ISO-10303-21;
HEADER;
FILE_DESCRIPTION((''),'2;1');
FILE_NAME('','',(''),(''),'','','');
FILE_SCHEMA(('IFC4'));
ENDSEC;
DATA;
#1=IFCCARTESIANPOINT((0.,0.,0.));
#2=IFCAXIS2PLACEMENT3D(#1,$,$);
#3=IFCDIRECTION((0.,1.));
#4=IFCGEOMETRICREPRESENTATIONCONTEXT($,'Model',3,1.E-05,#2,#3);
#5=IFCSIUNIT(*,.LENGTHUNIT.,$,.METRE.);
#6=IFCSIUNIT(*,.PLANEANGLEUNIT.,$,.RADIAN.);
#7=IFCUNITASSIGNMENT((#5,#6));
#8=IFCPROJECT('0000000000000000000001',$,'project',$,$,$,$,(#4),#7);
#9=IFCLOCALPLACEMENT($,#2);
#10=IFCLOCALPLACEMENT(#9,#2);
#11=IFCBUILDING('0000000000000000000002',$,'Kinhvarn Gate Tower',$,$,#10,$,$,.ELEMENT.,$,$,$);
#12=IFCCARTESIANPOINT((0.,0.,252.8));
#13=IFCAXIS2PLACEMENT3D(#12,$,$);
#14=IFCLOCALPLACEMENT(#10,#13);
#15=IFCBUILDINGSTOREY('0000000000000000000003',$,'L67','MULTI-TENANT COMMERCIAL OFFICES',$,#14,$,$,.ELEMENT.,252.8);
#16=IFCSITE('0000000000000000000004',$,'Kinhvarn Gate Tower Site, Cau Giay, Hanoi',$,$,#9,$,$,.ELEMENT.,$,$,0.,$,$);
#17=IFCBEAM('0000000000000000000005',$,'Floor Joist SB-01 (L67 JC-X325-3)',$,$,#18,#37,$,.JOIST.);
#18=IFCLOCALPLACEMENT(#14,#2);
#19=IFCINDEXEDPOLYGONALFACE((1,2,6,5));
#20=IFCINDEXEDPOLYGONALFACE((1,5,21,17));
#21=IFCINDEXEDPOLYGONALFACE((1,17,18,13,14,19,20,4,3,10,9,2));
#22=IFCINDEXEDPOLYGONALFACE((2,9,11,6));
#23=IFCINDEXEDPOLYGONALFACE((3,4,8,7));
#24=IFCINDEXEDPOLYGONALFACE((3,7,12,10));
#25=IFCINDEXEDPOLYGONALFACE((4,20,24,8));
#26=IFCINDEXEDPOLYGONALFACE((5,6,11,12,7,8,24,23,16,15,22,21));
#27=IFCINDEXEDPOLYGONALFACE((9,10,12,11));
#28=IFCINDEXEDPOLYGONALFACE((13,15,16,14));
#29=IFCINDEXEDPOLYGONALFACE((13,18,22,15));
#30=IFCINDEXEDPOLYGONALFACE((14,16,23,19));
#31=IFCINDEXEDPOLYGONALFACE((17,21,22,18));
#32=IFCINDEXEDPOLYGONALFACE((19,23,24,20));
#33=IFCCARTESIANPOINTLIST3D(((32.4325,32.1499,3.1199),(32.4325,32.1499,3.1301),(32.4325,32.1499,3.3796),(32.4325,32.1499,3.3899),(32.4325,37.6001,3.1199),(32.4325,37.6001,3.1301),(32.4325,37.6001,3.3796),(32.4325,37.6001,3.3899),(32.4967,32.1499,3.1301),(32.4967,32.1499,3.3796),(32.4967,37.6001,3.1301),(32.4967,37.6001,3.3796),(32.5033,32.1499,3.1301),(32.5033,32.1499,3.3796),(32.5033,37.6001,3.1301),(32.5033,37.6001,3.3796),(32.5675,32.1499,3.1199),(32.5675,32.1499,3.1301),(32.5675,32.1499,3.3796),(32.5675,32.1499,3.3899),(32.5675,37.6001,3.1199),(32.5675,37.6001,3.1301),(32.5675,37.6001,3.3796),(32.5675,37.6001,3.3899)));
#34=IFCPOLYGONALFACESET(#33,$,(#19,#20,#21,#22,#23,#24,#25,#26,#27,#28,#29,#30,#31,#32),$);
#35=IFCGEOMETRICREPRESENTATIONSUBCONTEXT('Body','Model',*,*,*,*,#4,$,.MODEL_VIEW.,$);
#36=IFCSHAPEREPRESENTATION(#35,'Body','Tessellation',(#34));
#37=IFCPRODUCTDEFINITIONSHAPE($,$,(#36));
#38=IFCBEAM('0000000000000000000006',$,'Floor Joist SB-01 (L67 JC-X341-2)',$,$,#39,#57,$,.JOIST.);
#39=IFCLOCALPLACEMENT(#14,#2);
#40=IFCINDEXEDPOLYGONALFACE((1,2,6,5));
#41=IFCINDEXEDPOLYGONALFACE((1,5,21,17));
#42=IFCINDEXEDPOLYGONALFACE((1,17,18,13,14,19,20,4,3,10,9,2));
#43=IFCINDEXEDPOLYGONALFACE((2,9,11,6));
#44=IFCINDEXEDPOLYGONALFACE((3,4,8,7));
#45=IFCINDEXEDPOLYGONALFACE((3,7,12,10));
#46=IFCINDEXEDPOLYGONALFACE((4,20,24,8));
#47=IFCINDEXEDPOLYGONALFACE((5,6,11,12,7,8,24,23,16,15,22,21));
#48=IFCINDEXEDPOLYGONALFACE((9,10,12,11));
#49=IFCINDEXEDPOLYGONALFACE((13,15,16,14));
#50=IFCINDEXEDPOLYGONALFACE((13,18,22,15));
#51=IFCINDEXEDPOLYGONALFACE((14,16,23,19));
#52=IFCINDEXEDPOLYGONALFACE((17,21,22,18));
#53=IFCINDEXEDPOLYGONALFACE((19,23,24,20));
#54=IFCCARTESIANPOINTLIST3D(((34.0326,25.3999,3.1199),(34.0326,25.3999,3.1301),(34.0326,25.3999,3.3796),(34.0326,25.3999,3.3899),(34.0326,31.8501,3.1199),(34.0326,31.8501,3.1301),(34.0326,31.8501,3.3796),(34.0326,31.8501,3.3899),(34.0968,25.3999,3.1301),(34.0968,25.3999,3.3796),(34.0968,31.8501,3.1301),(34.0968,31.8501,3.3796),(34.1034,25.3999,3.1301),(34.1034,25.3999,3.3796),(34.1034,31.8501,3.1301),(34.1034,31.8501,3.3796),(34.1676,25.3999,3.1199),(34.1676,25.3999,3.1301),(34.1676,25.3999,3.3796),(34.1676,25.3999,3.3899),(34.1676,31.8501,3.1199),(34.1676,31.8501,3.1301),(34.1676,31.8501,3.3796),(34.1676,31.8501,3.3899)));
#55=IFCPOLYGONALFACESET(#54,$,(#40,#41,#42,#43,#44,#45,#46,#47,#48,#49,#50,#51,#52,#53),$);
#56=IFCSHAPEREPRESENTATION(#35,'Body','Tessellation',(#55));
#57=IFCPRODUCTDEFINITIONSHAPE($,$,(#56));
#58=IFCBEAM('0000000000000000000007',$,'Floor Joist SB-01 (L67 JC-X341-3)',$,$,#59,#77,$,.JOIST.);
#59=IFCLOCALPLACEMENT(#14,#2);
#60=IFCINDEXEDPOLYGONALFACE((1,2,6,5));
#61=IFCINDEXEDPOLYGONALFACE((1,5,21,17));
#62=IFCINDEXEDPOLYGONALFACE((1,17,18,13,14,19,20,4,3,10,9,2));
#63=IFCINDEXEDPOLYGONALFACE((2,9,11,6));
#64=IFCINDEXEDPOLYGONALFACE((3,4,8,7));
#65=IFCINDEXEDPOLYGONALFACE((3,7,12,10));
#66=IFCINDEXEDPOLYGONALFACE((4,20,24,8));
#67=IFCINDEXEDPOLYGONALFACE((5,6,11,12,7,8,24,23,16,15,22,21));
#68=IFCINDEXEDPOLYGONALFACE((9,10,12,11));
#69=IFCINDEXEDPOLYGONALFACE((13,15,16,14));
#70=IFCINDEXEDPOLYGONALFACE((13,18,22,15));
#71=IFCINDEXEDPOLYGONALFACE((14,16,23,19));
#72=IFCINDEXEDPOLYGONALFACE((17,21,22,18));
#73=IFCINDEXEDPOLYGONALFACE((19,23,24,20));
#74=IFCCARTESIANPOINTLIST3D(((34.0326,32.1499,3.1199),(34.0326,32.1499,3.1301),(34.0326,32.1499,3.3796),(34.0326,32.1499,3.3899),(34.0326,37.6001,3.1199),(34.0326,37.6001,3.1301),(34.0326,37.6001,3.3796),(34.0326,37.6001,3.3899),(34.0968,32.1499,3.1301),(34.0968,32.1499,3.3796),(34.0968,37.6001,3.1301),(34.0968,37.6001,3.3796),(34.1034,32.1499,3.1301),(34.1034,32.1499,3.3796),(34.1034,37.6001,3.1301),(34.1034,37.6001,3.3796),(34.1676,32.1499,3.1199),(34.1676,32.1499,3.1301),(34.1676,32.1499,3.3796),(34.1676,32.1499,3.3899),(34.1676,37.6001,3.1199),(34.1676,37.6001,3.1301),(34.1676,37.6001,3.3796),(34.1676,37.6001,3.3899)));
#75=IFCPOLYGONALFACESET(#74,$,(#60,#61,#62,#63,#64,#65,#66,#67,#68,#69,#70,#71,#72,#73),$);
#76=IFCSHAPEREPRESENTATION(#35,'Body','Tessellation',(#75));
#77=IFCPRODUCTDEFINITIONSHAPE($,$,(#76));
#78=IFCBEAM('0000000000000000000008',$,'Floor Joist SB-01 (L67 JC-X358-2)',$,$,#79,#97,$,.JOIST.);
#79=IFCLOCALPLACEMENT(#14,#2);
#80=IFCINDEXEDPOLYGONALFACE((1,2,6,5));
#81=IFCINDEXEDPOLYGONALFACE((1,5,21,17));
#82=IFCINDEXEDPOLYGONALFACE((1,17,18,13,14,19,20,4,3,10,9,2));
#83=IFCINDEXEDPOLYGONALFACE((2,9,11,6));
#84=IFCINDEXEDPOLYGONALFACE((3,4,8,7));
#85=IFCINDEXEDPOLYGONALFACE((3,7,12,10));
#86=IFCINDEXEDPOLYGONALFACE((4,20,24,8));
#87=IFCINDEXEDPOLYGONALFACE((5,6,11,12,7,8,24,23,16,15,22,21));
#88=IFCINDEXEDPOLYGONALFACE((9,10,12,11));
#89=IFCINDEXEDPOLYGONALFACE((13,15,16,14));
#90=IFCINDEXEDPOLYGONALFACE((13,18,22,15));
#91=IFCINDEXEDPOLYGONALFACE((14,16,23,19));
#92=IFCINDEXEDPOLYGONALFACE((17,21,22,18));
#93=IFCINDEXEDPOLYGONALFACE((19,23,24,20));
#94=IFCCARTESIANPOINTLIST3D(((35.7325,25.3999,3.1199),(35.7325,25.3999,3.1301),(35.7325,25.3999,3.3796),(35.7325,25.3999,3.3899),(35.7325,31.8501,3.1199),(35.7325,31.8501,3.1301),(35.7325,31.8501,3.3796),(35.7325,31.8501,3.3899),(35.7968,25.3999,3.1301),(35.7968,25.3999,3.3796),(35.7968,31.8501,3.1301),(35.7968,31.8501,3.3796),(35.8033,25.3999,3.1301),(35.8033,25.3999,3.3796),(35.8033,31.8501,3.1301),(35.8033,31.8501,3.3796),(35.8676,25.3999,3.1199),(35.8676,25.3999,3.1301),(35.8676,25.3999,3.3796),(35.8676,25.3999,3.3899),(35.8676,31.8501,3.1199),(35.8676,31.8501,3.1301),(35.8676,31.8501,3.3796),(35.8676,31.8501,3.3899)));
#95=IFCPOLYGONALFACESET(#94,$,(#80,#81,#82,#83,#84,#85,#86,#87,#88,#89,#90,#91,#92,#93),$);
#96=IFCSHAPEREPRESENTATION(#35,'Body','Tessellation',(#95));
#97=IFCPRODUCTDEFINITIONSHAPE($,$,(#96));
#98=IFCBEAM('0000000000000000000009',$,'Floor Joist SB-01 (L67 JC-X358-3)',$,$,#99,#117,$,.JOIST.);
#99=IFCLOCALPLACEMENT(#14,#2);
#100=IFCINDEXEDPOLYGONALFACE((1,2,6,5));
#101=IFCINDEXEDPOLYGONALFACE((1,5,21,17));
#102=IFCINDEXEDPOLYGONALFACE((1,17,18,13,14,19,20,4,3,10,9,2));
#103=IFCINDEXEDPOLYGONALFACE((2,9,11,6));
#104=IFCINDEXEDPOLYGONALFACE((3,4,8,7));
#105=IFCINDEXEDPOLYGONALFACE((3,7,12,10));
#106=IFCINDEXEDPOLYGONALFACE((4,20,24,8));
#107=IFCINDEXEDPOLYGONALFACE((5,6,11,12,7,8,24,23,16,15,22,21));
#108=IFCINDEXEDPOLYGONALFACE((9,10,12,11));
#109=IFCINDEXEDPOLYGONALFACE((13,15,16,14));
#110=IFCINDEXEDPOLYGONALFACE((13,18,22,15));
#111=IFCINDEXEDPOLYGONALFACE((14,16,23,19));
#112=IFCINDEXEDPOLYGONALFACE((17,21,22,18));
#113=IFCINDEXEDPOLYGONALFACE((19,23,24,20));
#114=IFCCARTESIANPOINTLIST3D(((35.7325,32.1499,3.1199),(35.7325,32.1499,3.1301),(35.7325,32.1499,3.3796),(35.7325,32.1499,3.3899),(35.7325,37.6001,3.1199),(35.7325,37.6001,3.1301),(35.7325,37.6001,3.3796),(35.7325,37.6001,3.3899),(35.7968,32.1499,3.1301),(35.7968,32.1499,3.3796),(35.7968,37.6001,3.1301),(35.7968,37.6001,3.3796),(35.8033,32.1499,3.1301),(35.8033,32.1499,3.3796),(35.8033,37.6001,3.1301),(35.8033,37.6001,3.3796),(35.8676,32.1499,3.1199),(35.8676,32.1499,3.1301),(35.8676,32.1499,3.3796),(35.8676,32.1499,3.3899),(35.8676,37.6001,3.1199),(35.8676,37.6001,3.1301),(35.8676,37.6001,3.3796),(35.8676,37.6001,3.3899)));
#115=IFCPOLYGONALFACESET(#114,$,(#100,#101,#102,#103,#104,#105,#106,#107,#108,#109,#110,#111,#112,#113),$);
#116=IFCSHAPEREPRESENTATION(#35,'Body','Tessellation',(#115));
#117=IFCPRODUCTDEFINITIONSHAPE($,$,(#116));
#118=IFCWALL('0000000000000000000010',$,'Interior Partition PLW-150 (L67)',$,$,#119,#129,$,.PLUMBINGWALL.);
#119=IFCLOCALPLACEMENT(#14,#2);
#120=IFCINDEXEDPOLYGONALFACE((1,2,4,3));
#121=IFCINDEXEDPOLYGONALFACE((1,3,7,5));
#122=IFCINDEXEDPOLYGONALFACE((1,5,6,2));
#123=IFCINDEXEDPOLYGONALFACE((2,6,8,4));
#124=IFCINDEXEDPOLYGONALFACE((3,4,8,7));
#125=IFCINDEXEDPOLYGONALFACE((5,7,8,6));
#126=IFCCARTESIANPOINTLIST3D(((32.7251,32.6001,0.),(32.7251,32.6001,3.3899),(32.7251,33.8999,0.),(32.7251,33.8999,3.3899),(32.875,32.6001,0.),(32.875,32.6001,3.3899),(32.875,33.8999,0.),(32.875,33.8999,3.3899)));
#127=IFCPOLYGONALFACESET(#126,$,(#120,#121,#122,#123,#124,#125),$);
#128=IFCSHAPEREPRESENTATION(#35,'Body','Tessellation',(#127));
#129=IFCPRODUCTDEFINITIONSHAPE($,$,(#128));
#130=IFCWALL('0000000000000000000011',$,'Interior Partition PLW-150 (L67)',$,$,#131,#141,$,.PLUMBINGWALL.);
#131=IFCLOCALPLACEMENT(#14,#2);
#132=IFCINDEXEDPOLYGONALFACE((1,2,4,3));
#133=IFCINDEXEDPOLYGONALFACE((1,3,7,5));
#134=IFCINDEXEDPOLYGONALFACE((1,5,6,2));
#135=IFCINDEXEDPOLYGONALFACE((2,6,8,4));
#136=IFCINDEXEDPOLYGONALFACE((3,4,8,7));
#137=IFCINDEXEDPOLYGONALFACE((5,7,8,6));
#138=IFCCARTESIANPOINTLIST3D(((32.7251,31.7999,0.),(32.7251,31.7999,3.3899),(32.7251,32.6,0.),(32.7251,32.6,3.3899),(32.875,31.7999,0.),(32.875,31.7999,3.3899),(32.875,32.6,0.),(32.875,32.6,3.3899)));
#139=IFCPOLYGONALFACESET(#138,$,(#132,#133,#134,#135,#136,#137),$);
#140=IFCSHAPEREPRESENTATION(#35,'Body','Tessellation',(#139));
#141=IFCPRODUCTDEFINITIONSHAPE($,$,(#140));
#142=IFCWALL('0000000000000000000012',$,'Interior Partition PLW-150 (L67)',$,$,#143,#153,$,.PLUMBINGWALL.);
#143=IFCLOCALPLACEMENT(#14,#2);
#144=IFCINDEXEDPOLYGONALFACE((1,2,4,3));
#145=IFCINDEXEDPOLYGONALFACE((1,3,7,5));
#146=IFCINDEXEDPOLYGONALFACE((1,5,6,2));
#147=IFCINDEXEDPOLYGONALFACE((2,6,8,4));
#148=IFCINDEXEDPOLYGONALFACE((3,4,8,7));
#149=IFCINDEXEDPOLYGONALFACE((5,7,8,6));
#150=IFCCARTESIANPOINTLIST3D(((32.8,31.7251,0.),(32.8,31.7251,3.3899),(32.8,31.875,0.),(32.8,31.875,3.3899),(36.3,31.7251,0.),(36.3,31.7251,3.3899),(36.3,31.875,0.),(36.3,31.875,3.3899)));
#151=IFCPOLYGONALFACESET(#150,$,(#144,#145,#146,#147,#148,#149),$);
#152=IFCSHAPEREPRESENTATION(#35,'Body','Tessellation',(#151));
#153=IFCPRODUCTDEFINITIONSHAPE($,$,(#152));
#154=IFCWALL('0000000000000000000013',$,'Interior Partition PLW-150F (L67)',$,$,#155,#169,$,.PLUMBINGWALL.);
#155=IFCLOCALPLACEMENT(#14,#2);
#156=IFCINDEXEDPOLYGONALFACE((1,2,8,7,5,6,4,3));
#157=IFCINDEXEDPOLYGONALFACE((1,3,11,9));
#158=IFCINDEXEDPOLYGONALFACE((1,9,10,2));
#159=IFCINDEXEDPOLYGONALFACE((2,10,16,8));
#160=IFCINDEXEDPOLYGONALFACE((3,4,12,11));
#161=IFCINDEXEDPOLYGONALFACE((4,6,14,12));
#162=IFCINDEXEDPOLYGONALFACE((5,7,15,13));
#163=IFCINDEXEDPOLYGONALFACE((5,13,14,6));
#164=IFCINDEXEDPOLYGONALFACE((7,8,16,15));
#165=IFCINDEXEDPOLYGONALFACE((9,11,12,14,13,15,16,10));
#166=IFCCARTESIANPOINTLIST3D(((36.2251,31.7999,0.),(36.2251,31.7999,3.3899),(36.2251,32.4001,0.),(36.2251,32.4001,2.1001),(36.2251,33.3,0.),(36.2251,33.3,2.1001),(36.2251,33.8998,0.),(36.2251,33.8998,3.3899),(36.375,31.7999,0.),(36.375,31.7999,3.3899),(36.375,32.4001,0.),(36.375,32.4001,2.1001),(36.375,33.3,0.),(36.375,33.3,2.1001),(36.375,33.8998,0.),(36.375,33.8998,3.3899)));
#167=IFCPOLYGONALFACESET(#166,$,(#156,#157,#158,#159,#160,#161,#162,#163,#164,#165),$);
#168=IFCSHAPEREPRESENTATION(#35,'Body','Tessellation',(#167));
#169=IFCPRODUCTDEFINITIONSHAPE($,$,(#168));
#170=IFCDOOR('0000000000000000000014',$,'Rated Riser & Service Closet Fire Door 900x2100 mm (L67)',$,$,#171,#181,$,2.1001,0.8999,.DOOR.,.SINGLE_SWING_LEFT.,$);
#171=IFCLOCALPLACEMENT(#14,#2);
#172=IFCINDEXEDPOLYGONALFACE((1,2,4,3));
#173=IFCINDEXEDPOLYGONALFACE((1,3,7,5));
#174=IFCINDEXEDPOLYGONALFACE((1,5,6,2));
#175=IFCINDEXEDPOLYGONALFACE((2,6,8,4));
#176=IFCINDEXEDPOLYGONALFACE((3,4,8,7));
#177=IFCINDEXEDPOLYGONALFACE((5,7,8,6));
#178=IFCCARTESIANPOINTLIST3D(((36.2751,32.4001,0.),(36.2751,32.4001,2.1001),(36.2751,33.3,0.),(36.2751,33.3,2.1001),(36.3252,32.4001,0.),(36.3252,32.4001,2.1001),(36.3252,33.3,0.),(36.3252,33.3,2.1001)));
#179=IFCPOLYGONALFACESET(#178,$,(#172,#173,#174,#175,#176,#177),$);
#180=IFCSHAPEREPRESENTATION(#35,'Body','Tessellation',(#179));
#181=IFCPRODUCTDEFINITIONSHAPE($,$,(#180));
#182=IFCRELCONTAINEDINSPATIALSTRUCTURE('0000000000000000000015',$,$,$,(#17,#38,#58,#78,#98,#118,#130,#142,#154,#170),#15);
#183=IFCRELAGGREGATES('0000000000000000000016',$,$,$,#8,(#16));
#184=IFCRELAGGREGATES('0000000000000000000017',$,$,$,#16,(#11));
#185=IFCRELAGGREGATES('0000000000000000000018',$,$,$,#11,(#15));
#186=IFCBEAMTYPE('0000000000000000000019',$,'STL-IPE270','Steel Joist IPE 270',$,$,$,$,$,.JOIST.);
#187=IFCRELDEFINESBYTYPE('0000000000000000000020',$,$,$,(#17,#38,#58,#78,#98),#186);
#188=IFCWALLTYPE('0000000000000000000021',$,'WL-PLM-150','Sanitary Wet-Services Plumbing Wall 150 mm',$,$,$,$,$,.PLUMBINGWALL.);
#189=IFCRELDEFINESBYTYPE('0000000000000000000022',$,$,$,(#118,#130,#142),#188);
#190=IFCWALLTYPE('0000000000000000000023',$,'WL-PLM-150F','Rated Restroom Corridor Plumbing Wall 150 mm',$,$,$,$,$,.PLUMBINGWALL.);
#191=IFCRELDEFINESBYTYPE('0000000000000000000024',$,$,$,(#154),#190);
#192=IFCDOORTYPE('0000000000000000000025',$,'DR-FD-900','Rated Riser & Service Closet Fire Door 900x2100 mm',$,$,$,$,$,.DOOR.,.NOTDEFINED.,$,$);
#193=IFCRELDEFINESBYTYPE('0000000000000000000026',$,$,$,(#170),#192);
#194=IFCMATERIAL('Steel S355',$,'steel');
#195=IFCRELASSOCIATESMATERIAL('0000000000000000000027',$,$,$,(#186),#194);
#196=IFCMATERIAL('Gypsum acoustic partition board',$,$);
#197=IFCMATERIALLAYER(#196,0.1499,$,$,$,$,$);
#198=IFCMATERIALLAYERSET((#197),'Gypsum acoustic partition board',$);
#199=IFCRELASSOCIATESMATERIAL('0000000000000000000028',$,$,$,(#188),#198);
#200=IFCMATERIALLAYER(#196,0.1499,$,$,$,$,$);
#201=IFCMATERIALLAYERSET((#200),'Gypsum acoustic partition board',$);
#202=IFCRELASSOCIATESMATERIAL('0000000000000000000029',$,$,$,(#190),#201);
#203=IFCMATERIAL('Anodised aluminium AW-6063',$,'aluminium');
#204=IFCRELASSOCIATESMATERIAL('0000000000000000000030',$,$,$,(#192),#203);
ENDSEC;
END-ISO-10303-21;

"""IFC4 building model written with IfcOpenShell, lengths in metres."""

from ifc_helpers import new_model, si_unit, direction, frame, frame_2d, origin, origin_2d, place, context, subcontext, project, spatial, rectangle, i_section, extrude, material, layer, layer_set, material_profile, profile_set, type_object, element, fill, save


model = new_model("IFC4")

# Units and contexts
model_context = context("Model", 3, precision=1e-05, world=origin(), true_north=direction((0.0, 1.0)))
body_context = subcontext(model_context, "Body", "Model", "MODEL_VIEW")
ifc_project = project(units=[si_unit("LENGTHUNIT", "METRE"), si_unit("PLANEANGLEUNIT", "RADIAN")], contexts=[model_context])

# Site, building, storey
site_placement = place(None, origin())
site = spatial("IfcSite", under=ifc_project, at=site_placement, Name="Kinhvarn Gate Tower Site, Cau Giay, Hanoi", CompositionType="ELEMENT", RefElevation=0.0)
building_placement = place(site_placement, origin())
building = spatial("IfcBuilding", under=site, at=building_placement, Name="Kinhvarn Gate Tower", CompositionType="ELEMENT")
storey_placement = place(building_placement, frame((0.0, 0.0, 252.8)))
storey = spatial("IfcBuildingStorey", under=building, at=storey_placement, Name="L67", Description="MULTI-TENANT COMMERCIAL OFFICES", CompositionType="ELEMENT", Elevation=252.8)

# Beams
ifc_material_1 = material(Name="Steel S355", Category="steel")
ifc_material_profile = material_profile(ifc_material_1, i_section(OverallWidth=0.135, OverallDepth=0.27, WebThickness=0.0066, FlangeThickness=0.0103, at=origin_2d()), Name="IPE 270")
ifc_profile_set = profile_set([ifc_material_profile], Name="Steel S355")
beam_type = type_object("IfcBeamType", Name="STL-IPE270", Description="Steel Joist IPE 270", PredefinedType="JOIST", material=ifc_profile_set)
beam_1_placement = place(storey_placement, frame((32.5, 32.1499, 3.2549), z_axis=(0.0, 1.0, 0.0), x_axis=(-1.0, 0.0, 0.0)))
element("IfcBeam", 1, at=beam_1_placement, inside=storey, type_object=beam_type, Name="Floor Joist SB-01 (L67 JC-X325-3)", PredefinedType="JOIST", context=body_context, shape_type="SweptSolid", body=[
    extrude(i_section(OverallWidth=0.135, OverallDepth=0.27, WebThickness=0.0066, FlangeThickness=0.0103, at=origin_2d()), origin(), (0.0, 0.0, 1.0), 5.4502),
])
beam_2_placement = place(storey_placement, frame((34.1001, 25.3999, 3.2549), z_axis=(0.0, 1.0, 0.0), x_axis=(-1.0, 0.0, 0.0)))
element("IfcBeam", 2, at=beam_2_placement, inside=storey, type_object=beam_type, Name="Floor Joist SB-01 (L67 JC-X341-2)", PredefinedType="JOIST", context=body_context, shape_type="SweptSolid", body=[
    extrude(i_section(OverallWidth=0.135, OverallDepth=0.27, WebThickness=0.0066, FlangeThickness=0.0103, at=origin_2d()), origin(), (0.0, 0.0, 1.0), 6.4502),
])
beam_3_placement = place(storey_placement, frame((34.1001, 32.1499, 3.2549), z_axis=(0.0, 1.0, 0.0), x_axis=(-1.0, 0.0, 0.0)))
element("IfcBeam", 3, at=beam_3_placement, inside=storey, type_object=beam_type, Name="Floor Joist SB-01 (L67 JC-X341-3)", PredefinedType="JOIST", context=body_context, shape_type="SweptSolid", body=[
    extrude(i_section(OverallWidth=0.135, OverallDepth=0.27, WebThickness=0.0066, FlangeThickness=0.0103, at=origin_2d()), origin(), (0.0, 0.0, 1.0), 5.4502),
])
beam_4_placement = place(storey_placement, frame((35.8, 25.3999, 3.2549), z_axis=(0.0, 1.0, 0.0), x_axis=(-1.0, 0.0, 0.0)))
element("IfcBeam", 4, at=beam_4_placement, inside=storey, type_object=beam_type, Name="Floor Joist SB-01 (L67 JC-X358-2)", PredefinedType="JOIST", context=body_context, shape_type="SweptSolid", body=[
    extrude(i_section(OverallWidth=0.135, OverallDepth=0.27, WebThickness=0.0066, FlangeThickness=0.0103, at=origin_2d()), origin(), (0.0, 0.0, 1.0), 6.4502),
])
beam_5_placement = place(storey_placement, frame((35.8, 32.1499, 3.2549), z_axis=(0.0, 1.0, 0.0), x_axis=(-1.0, 0.0, 0.0)))
element("IfcBeam", 5, at=beam_5_placement, inside=storey, type_object=beam_type, Name="Floor Joist SB-01 (L67 JC-X358-3)", PredefinedType="JOIST", context=body_context, shape_type="SweptSolid", body=[
    extrude(i_section(OverallWidth=0.135, OverallDepth=0.27, WebThickness=0.0066, FlangeThickness=0.0103, at=origin_2d()), origin(), (0.0, 0.0, 1.0), 5.4502),
])

# Walls
ifc_material_2 = material(Name="Gypsum acoustic partition board")
ifc_layer_1 = layer(ifc_material_2, 0.1499)
ifc_layer_set_1 = layer_set([ifc_layer_1], Name="Gypsum acoustic partition board")
wall_type_1 = type_object("IfcWallType", Name="WL-PLM-150", Description="Sanitary Wet-Services Plumbing Wall 150 mm", PredefinedType="PLUMBINGWALL", material=ifc_layer_set_1)
wall_1_placement = place(storey_placement, frame((32.8, 32.6001, 0.0), z_axis=(0.0, 0.0, 1.0), x_axis=(0.0, 1.0, 0.0)))
element("IfcWall", 6, at=wall_1_placement, inside=storey, type_object=wall_type_1, Name="Interior Partition PLW-150 (L67)", PredefinedType="PLUMBINGWALL", context=body_context, shape_type="SweptSolid", body=[
    extrude(rectangle(XDim=1.2998, YDim=0.1499, at=frame_2d((0.6499, 0.0))), origin(), (0.0, 0.0, 1.0), 3.3899),
])
wall_2_placement = place(storey_placement, frame((32.8, 31.8, 0.0), z_axis=(0.0, 0.0, 1.0), x_axis=(0.0, 1.0, 0.0)))
element("IfcWall", 7, at=wall_2_placement, inside=storey, type_object=wall_type_1, Name="Interior Partition PLW-150 (L67)", PredefinedType="PLUMBINGWALL", context=body_context, shape_type="SweptSolid", body=[
    extrude(rectangle(XDim=0.8, YDim=0.1499, at=frame_2d((0.3999, 0.0))), origin(), (0.0, 0.0, 1.0), 3.3899),
])
wall_3_placement = place(storey_placement, frame((32.8, 31.8, 0.0), z_axis=(0.0, 0.0, 1.0), x_axis=(1.0, 0.0, 0.0)))
element("IfcWall", 8, at=wall_3_placement, inside=storey, type_object=wall_type_1, Name="Interior Partition PLW-150 (L67)", PredefinedType="PLUMBINGWALL", context=body_context, shape_type="SweptSolid", body=[
    extrude(rectangle(XDim=3.5, YDim=0.1499, at=frame_2d((1.75, 0.0))), origin(), (0.0, 0.0, 1.0), 3.3899),
])

# Wall, opening, door
ifc_layer_2 = layer(ifc_material_2, 0.1499)
ifc_layer_set_2 = layer_set([ifc_layer_2], Name="Gypsum acoustic partition board")
wall_type_2 = type_object("IfcWallType", Name="WL-PLM-150F", Description="Rated Restroom Corridor Plumbing Wall 150 mm", PredefinedType="PLUMBINGWALL", material=ifc_layer_set_2)
wall_4_placement = place(storey_placement, frame((36.3, 31.8, 0.0), z_axis=(0.0, 0.0, 1.0), x_axis=(0.0, 1.0, 0.0)))
wall_4 = element("IfcWall", 9, at=wall_4_placement, inside=storey, type_object=wall_type_2, Name="Interior Partition PLW-150F (L67)", PredefinedType="PLUMBINGWALL", context=body_context, shape_type="SweptSolid", body=[
    extrude(rectangle(XDim=2.0999, YDim=0.1499, at=frame_2d((1.0498, 0.0))), origin(), (0.0, 0.0, 1.0), 3.3899),
])
opening_1_placement = place(wall_4_placement, frame((0.6001, 0.0, 0.0)))
opening_1 = element("IfcOpeningElement", 10, at=opening_1_placement, cuts=wall_4, PredefinedType="OPENING", context=body_context, shape_type="SweptSolid", body=[
    extrude(rectangle(XDim=0.8999, YDim=2.1001, at=frame_2d((0.45, 1.05))), frame((0.0, 0.085, 0.0), z_axis=(0.0, -1.0, 0.0), x_axis=(1.0, 0.0, 0.0)), (0.0, 0.0, 1.0), 0.1699),
])
ifc_material_3 = material(Name="Anodised aluminium AW-6063", Category="aluminium")
door_type_1 = type_object("IfcDoorType", Name="DR-FD-900", Description="Rated Riser & Service Closet Fire Door 900x2100 mm", OperationType="NOTDEFINED", PredefinedType="DOOR", material=ifc_material_3)
door_1_placement = place(opening_1_placement, origin())
door_1 = element("IfcDoor", 11, at=door_1_placement, inside=storey, type_object=door_type_1, Name="Rated Riser & Service Closet Fire Door 900x2100 mm (L67)", OperationType="SINGLE_SWING_LEFT", OverallHeight=2.1001, OverallWidth=0.8999, PredefinedType="DOOR", context=body_context, shape_type="SweptSolid", body=[
    extrude(rectangle(XDim=0.8999, YDim=2.1001, at=frame_2d((0.45, 1.05))), frame((0.0, 0.0249, 0.0), z_axis=(0.0, -1.0, 0.0), x_axis=(1.0, 0.0, 0.0)), (0.0, 0.0, 1.0), 0.05),
])
fill(opening_1, door_1)

save(model, "model.ifc")
